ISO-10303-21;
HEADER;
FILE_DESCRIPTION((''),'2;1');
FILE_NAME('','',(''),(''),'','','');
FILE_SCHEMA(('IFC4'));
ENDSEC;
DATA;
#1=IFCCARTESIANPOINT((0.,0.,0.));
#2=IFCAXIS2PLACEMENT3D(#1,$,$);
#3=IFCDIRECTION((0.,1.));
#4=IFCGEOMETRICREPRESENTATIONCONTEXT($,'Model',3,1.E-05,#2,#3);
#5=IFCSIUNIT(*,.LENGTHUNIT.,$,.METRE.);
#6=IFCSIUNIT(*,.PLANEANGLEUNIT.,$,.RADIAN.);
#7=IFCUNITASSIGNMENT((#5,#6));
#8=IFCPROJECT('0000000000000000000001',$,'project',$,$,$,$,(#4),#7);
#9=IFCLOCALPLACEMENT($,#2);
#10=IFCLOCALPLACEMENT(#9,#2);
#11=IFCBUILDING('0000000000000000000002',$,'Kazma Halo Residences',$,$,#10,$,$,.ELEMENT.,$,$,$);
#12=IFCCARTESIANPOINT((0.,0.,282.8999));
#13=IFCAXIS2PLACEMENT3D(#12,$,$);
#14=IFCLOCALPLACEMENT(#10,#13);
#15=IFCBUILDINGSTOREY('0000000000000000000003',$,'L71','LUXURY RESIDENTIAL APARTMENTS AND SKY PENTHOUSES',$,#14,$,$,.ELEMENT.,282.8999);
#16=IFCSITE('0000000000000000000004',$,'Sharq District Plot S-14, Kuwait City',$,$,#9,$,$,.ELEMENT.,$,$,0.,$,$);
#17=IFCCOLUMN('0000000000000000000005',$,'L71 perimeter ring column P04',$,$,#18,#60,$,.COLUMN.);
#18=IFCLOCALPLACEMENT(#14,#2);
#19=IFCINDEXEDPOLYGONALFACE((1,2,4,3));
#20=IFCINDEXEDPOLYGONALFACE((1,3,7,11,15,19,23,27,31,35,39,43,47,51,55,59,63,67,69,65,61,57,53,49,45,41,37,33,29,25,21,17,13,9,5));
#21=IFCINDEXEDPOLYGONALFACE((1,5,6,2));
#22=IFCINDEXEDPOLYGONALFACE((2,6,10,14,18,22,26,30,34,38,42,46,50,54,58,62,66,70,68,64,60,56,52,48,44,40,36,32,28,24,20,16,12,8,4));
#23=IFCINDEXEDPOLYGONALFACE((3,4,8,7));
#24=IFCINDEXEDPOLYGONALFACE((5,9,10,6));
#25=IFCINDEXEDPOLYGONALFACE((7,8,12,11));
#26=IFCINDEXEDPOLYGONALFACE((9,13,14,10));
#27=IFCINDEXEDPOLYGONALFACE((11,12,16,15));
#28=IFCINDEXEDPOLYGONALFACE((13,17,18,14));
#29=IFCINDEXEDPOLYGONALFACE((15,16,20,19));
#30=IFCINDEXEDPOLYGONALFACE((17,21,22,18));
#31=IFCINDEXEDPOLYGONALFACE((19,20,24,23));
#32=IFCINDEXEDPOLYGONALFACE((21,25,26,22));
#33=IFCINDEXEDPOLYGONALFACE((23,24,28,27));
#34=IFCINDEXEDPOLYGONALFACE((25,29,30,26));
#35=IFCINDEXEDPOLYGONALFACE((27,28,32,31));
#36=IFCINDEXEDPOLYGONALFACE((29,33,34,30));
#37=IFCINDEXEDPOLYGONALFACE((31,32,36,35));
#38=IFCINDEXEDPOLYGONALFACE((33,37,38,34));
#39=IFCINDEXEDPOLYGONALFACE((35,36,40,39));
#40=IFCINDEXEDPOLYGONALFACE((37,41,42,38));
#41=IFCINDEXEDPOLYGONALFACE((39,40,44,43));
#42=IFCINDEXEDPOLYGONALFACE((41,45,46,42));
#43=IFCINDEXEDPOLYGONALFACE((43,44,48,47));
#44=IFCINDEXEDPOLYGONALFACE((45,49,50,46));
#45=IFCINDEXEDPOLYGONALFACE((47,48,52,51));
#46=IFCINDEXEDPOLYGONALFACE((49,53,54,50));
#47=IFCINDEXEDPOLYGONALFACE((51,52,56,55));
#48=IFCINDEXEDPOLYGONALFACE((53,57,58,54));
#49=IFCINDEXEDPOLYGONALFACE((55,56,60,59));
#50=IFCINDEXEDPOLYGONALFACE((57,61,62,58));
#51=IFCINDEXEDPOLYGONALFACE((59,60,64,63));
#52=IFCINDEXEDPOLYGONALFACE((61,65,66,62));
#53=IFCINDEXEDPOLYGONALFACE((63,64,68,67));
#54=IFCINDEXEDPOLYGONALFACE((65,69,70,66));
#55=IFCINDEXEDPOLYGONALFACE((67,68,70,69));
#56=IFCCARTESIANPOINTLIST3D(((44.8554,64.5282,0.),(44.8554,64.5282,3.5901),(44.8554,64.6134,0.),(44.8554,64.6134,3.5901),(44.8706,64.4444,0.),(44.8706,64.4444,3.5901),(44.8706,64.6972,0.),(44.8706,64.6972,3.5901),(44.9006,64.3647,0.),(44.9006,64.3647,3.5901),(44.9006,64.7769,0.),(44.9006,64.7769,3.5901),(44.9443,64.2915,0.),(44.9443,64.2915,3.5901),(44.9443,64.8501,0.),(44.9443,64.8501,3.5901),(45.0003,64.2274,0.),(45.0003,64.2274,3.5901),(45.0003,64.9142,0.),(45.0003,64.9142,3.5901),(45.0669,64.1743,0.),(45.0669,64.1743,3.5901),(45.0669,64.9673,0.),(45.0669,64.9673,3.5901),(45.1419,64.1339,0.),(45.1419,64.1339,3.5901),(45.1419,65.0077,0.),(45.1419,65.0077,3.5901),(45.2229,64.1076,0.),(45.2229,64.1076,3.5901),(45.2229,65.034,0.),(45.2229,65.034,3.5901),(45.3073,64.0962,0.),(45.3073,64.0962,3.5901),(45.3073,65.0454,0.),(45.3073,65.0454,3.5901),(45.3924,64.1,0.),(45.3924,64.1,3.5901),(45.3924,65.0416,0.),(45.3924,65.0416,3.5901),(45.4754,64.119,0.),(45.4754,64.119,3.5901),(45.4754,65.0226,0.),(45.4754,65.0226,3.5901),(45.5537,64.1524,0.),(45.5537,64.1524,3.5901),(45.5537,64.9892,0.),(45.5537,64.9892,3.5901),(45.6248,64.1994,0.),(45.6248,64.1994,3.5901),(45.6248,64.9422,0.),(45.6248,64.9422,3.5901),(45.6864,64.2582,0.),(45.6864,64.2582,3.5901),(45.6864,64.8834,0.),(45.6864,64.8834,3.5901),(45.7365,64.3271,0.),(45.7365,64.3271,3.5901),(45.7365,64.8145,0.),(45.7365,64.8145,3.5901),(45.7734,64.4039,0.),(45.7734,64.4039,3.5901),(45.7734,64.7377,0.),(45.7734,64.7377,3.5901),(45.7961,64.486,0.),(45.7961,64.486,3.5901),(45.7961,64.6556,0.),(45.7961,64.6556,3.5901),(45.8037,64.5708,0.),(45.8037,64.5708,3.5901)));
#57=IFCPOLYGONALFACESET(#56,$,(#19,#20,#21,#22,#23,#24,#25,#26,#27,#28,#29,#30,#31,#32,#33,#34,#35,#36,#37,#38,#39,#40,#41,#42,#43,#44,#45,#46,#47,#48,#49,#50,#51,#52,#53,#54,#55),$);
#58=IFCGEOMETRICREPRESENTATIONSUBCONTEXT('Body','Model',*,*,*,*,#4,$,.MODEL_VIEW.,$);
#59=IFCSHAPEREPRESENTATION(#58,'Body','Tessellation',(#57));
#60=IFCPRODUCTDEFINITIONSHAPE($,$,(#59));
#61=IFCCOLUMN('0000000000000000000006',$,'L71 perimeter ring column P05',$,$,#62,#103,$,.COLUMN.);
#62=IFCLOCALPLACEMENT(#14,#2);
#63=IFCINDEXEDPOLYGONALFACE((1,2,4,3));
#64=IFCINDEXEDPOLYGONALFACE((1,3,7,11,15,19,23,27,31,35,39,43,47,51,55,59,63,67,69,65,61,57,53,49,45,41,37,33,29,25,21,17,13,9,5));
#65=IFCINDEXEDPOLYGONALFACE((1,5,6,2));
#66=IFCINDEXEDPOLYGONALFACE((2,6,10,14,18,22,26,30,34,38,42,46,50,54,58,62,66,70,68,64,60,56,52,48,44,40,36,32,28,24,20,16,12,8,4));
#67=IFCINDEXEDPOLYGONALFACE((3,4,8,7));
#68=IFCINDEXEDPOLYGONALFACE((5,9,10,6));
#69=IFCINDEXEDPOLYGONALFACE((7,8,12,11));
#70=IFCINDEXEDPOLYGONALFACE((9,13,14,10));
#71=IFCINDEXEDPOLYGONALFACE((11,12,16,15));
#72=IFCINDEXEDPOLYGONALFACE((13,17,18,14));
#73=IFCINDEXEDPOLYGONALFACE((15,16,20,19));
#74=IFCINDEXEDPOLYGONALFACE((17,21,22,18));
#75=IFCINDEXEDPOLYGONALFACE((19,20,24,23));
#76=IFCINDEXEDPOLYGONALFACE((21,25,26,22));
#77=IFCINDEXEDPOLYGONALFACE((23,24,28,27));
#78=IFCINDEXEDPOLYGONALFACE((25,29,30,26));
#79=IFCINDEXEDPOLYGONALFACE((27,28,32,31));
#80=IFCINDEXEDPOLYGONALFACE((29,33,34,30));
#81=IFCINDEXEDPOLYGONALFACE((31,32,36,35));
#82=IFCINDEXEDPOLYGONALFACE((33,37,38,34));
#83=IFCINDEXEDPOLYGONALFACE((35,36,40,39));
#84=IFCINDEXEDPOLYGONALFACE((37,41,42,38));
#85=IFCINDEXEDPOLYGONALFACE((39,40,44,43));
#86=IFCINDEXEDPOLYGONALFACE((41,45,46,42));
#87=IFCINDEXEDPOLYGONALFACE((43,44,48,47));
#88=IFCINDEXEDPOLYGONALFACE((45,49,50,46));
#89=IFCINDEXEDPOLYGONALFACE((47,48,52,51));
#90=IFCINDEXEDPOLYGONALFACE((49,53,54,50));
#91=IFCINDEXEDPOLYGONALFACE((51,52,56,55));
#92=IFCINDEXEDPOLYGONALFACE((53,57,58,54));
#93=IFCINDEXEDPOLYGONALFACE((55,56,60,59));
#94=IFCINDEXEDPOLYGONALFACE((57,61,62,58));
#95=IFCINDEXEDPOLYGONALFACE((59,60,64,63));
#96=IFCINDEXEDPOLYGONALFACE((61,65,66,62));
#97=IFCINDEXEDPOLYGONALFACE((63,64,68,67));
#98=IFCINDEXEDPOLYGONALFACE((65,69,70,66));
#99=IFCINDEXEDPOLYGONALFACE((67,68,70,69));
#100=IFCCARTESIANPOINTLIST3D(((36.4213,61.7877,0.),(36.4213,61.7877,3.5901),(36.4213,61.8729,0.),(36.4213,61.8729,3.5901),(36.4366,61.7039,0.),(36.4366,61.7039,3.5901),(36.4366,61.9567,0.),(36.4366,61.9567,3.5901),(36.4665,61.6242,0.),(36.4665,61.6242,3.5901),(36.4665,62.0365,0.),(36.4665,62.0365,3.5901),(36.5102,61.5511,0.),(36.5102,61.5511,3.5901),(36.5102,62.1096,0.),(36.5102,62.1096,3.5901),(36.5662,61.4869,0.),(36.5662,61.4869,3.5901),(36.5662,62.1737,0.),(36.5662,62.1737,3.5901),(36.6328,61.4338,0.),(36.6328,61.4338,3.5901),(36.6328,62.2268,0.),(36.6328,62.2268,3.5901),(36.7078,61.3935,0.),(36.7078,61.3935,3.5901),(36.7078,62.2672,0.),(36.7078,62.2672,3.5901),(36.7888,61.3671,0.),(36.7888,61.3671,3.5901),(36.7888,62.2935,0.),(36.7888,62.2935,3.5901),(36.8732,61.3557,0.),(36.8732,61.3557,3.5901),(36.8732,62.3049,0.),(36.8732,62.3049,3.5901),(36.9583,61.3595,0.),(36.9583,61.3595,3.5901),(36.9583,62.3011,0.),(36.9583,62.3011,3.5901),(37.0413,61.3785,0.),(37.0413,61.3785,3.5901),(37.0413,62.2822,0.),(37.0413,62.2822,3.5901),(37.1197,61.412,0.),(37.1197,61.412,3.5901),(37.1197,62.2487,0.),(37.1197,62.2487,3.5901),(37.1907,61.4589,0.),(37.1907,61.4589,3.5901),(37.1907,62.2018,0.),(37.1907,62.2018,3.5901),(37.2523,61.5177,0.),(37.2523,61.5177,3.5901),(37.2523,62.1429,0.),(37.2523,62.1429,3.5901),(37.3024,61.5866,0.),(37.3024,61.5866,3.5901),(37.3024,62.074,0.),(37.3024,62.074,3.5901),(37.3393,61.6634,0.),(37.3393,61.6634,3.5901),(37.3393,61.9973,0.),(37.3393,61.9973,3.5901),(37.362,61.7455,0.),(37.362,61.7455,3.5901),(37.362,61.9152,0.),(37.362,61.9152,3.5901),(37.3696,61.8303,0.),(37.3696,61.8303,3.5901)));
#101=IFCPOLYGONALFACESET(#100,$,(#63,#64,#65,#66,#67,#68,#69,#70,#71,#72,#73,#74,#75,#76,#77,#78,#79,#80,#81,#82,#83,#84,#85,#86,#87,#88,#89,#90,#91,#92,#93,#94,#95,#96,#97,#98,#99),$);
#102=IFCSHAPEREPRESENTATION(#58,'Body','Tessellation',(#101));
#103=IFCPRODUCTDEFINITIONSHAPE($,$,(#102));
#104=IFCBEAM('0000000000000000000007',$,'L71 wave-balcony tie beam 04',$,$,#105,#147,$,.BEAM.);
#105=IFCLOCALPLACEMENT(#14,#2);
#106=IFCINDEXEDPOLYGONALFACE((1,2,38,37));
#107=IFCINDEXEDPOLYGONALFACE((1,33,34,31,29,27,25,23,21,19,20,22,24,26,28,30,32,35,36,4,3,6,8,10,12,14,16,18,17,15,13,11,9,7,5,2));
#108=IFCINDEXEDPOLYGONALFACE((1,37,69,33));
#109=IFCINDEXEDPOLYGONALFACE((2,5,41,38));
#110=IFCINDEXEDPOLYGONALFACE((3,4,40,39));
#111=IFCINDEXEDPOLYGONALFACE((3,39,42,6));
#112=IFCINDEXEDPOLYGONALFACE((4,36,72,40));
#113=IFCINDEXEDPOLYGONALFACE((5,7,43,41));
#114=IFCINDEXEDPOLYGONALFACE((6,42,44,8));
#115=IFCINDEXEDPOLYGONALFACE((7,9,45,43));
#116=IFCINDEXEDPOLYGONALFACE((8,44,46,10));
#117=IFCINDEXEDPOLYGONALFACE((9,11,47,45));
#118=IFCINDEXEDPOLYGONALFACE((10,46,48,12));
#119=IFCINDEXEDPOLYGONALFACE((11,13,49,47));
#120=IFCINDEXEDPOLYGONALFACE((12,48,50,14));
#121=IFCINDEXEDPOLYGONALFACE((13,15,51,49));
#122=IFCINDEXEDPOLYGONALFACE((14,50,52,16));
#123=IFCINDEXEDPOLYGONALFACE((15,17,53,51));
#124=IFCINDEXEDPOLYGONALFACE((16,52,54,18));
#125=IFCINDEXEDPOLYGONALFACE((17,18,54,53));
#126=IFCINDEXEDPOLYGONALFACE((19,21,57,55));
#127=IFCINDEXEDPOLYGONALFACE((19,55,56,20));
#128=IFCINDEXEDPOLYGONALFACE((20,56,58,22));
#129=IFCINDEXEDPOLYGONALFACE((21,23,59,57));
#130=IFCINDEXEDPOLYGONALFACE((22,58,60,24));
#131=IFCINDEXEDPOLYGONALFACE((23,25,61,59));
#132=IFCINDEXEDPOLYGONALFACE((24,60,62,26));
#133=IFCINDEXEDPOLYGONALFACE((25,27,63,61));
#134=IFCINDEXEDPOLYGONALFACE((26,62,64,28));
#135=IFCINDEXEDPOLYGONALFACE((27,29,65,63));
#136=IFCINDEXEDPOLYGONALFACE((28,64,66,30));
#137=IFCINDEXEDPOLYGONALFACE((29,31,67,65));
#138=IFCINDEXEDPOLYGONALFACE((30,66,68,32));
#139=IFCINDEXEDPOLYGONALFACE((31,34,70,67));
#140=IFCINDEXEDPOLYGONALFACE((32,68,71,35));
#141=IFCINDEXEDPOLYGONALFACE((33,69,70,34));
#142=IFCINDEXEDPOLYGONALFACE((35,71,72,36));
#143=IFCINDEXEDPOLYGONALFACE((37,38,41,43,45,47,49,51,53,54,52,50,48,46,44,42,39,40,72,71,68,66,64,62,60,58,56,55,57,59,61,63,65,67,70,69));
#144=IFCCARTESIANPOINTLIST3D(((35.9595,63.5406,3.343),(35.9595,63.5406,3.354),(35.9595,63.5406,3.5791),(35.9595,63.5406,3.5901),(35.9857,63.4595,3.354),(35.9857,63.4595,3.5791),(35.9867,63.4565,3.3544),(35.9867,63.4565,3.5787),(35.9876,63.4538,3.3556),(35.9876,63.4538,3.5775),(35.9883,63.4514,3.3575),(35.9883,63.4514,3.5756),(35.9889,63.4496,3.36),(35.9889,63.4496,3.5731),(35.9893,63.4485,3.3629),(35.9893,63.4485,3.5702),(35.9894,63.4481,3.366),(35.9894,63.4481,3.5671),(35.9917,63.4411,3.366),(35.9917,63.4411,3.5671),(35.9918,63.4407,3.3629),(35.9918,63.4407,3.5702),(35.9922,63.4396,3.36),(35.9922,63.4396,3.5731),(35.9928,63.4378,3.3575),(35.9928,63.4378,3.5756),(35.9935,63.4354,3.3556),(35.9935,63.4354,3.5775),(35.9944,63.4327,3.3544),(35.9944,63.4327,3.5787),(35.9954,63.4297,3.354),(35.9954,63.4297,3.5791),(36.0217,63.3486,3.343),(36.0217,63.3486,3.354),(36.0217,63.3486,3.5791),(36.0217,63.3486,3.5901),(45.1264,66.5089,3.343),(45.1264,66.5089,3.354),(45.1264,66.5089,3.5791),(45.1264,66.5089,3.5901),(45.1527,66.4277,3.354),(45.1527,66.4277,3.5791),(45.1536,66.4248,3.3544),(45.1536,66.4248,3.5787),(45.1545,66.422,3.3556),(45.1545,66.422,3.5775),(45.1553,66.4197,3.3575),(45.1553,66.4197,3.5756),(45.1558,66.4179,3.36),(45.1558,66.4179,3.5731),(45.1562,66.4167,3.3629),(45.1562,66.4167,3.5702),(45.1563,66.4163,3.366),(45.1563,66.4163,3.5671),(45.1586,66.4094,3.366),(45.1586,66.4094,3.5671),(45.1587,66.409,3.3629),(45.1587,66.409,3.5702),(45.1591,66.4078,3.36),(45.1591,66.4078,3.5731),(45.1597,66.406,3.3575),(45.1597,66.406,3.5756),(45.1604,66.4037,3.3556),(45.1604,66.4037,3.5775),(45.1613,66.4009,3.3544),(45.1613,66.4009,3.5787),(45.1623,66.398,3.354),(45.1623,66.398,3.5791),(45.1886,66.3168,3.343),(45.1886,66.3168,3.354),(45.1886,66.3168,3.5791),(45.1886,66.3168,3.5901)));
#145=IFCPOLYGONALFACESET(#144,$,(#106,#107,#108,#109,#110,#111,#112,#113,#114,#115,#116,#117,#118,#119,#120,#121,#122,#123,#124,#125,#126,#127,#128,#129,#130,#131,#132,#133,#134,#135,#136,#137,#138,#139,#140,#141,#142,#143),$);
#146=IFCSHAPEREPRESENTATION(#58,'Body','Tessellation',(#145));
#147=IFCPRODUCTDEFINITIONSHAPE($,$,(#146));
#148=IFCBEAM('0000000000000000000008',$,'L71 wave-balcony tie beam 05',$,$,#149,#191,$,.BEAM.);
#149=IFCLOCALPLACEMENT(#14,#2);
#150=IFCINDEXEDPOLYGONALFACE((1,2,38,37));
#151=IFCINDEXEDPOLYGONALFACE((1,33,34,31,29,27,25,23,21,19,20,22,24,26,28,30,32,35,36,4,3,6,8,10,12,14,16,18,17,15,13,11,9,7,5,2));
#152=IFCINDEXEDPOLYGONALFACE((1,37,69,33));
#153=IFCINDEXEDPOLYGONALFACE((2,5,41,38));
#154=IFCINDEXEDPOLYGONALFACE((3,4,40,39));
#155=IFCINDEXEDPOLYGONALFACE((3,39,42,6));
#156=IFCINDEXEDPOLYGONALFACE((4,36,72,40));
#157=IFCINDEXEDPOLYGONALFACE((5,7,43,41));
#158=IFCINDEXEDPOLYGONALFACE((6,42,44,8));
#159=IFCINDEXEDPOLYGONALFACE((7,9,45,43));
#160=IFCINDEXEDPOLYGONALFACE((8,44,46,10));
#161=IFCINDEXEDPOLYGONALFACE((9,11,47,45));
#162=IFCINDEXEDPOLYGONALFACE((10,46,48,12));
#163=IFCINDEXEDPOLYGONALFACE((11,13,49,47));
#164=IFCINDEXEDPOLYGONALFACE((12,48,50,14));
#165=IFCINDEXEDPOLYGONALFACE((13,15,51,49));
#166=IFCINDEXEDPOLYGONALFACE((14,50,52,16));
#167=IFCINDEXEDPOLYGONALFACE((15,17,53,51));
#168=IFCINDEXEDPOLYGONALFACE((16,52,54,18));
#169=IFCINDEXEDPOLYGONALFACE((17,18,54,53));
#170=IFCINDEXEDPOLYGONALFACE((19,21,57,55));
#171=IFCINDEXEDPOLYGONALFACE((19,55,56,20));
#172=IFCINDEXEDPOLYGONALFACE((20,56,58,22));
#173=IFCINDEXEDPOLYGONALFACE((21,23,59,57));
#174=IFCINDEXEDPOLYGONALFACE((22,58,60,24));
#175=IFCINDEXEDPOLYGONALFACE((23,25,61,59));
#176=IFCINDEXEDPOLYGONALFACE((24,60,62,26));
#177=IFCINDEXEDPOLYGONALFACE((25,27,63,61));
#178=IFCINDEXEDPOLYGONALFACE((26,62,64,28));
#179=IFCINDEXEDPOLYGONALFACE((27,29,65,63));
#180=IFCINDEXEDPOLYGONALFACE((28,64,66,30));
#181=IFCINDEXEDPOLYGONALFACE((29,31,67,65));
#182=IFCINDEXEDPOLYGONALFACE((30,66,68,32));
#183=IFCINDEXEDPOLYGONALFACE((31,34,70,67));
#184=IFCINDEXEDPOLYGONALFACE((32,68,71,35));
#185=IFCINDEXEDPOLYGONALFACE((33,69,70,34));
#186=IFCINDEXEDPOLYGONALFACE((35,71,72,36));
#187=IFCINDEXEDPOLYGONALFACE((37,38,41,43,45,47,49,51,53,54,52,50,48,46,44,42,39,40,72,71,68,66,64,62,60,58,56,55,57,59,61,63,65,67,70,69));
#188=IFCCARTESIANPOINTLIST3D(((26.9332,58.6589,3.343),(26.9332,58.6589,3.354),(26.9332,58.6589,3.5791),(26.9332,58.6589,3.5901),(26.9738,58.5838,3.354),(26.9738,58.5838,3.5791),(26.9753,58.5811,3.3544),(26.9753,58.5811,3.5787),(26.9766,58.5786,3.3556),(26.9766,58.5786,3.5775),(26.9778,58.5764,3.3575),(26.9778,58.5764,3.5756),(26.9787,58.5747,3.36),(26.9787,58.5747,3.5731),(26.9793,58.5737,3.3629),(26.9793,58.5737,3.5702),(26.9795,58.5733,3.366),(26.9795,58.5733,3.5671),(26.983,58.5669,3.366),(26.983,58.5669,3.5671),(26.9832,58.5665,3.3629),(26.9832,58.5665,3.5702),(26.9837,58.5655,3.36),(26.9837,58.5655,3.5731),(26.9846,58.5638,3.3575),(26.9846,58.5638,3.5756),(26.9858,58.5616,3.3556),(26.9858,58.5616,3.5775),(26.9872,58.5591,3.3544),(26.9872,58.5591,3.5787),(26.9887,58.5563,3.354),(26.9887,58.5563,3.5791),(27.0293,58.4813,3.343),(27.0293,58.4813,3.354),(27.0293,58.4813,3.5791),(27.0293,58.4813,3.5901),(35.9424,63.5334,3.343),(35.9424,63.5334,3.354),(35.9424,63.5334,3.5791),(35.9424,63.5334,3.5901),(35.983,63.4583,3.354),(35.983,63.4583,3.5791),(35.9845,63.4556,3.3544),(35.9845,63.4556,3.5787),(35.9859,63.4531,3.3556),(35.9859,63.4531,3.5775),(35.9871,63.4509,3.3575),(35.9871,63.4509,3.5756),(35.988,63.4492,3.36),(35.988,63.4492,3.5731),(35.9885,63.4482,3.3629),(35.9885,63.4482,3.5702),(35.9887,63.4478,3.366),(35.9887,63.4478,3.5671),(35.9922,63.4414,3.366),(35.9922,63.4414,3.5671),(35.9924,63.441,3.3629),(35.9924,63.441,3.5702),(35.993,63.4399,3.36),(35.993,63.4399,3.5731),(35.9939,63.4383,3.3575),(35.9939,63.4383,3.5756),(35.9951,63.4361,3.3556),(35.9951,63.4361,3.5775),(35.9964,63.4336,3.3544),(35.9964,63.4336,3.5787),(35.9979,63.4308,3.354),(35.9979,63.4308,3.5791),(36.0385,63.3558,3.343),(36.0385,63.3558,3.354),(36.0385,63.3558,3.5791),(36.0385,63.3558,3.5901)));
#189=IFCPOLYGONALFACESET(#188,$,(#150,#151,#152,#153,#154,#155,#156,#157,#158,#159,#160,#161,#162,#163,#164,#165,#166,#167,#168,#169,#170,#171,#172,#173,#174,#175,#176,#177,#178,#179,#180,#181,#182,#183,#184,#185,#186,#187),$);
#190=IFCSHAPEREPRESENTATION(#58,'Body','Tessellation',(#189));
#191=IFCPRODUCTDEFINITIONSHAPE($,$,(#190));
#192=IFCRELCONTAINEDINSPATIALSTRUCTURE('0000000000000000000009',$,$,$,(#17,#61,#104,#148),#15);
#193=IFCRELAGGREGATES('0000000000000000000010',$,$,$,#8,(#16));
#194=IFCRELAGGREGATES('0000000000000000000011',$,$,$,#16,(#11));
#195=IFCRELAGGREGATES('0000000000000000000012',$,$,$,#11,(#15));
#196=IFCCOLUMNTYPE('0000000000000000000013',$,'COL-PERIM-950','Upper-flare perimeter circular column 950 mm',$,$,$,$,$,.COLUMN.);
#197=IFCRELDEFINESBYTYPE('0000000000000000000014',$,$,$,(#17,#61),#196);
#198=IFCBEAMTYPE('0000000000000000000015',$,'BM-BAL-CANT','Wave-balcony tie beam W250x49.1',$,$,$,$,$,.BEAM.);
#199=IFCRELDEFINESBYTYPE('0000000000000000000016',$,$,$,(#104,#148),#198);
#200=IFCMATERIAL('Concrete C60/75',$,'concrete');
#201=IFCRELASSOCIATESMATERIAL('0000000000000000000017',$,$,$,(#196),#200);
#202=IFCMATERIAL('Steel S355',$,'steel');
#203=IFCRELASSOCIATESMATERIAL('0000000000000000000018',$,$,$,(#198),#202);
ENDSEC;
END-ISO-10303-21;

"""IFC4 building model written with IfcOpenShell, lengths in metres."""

from ifc_helpers import new_model, si_unit, direction, frame, origin, origin_2d, place, context, subcontext, project, spatial, circle, i_section, extrude, material, material_profile, profile_set, type_object, element, save


model = new_model("IFC4")

# Units and contexts
model_context = context("Model", 3, precision=1e-05, world=origin(), true_north=direction((0.0, 1.0)))
body_context = subcontext(model_context, "Body", "Model", "MODEL_VIEW")
ifc_project = project(units=[si_unit("LENGTHUNIT", "METRE"), si_unit("PLANEANGLEUNIT", "RADIAN")], contexts=[model_context])

# Site, building, storey
site_placement = place(None, origin())
site = spatial("IfcSite", under=ifc_project, at=site_placement, Name="Sharq District Plot S-14, Kuwait City", CompositionType="ELEMENT", RefElevation=0.0)
building_placement = place(site_placement, origin())
building = spatial("IfcBuilding", under=site, at=building_placement, Name="Kazma Halo Residences", CompositionType="ELEMENT")
storey_placement = place(building_placement, frame((0.0, 0.0, 282.8999)))
storey = spatial("IfcBuildingStorey", under=building, at=storey_placement, Name="L71", Description="LUXURY RESIDENTIAL APARTMENTS AND SKY PENTHOUSES", CompositionType="ELEMENT", Elevation=282.8999)

# Columns
ifc_material_1 = material(Name="Concrete C60/75", Category="concrete")
ifc_material_profile_1 = material_profile(ifc_material_1, circle(Radius=0.4751, at=origin_2d()), Name="CIRC950")
ifc_profile_set_1 = profile_set([ifc_material_profile_1], Name="Concrete C60/75")
column_type = type_object("IfcColumnType", Name="COL-PERIM-950", Description="Upper-flare perimeter circular column 950 mm", PredefinedType="COLUMN", material=ifc_profile_set_1)
for number, where, z_axis, x_axis, name in (
    (1, (45.3286, 64.5708, 0.0), (0.0, 0.0, 1.0), (1.0, 0.0, 0.0), "L71 perimeter ring column P04"),
    (2, (36.8945, 61.8303, 0.0), (0.0, 0.0, 1.0), (1.0, 0.0, 0.0), "L71 perimeter ring column P05"),
):
    element("IfcColumn", number, at=place(storey_placement, frame(where, z_axis=z_axis, x_axis=x_axis)), inside=storey, type_object=column_type, Name=name, PredefinedType="COLUMN", context=body_context, shape_type="SweptSolid", body=[
        extrude(circle(Radius=0.4751, at=origin_2d()), origin(), (0.0, 0.0, 1.0), 3.5901),
    ])

# Beams
ifc_material_2 = material(Name="Steel S355", Category="steel")
ifc_material_profile_2 = material_profile(ifc_material_2, i_section(OverallWidth=0.2019, OverallDepth=0.2471, WebThickness=0.0073, FlangeThickness=0.011, FilletRadius=0.012, at=origin_2d()), Name="W250x49.1")
ifc_profile_set_2 = profile_set([ifc_material_profile_2], Name="Steel S355")
beam_type_1 = type_object("IfcBeamType", Name="BM-BAL-CANT", Description="Wave-balcony tie beam W250x49.1", PredefinedType="BEAM", material=ifc_profile_set_2)
beam_1_placement = place(storey_placement, frame((45.1575, 66.4128, 3.4666), z_axis=(-0.951369, -0.308052, 0.0), x_axis=(0.308052, -0.951369, 0.0)))
element("IfcBeam", 3, at=beam_1_placement, inside=storey, type_object=beam_type_1, Name="L71 wave-balcony tie beam 04", PredefinedType="BEAM", context=body_context, shape_type="SweptSolid", body=[
    extrude(i_section(OverallWidth=0.2019, OverallDepth=0.2471, WebThickness=0.0073, FlangeThickness=0.011, FilletRadius=0.012, at=origin_2d()), origin(), (0.0, 0.0, 1.0), 9.6355),
])
beam_2_placement = place(storey_placement, frame((35.9905, 63.4446, 3.4666), z_axis=(-0.879517, -0.475867, 0.0), x_axis=(0.475867, -0.879517, 0.0)))
element("IfcBeam", 4, at=beam_2_placement, inside=storey, type_object=beam_type_1, Name="L71 wave-balcony tie beam 05", PredefinedType="BEAM", context=body_context, shape_type="SweptSolid", body=[
    extrude(i_section(OverallWidth=0.2019, OverallDepth=0.2471, WebThickness=0.0073, FlangeThickness=0.011, FilletRadius=0.012, at=origin_2d()), origin(), (0.0, 0.0, 1.0), 10.2434),
])

save(model, "model.ifc")
